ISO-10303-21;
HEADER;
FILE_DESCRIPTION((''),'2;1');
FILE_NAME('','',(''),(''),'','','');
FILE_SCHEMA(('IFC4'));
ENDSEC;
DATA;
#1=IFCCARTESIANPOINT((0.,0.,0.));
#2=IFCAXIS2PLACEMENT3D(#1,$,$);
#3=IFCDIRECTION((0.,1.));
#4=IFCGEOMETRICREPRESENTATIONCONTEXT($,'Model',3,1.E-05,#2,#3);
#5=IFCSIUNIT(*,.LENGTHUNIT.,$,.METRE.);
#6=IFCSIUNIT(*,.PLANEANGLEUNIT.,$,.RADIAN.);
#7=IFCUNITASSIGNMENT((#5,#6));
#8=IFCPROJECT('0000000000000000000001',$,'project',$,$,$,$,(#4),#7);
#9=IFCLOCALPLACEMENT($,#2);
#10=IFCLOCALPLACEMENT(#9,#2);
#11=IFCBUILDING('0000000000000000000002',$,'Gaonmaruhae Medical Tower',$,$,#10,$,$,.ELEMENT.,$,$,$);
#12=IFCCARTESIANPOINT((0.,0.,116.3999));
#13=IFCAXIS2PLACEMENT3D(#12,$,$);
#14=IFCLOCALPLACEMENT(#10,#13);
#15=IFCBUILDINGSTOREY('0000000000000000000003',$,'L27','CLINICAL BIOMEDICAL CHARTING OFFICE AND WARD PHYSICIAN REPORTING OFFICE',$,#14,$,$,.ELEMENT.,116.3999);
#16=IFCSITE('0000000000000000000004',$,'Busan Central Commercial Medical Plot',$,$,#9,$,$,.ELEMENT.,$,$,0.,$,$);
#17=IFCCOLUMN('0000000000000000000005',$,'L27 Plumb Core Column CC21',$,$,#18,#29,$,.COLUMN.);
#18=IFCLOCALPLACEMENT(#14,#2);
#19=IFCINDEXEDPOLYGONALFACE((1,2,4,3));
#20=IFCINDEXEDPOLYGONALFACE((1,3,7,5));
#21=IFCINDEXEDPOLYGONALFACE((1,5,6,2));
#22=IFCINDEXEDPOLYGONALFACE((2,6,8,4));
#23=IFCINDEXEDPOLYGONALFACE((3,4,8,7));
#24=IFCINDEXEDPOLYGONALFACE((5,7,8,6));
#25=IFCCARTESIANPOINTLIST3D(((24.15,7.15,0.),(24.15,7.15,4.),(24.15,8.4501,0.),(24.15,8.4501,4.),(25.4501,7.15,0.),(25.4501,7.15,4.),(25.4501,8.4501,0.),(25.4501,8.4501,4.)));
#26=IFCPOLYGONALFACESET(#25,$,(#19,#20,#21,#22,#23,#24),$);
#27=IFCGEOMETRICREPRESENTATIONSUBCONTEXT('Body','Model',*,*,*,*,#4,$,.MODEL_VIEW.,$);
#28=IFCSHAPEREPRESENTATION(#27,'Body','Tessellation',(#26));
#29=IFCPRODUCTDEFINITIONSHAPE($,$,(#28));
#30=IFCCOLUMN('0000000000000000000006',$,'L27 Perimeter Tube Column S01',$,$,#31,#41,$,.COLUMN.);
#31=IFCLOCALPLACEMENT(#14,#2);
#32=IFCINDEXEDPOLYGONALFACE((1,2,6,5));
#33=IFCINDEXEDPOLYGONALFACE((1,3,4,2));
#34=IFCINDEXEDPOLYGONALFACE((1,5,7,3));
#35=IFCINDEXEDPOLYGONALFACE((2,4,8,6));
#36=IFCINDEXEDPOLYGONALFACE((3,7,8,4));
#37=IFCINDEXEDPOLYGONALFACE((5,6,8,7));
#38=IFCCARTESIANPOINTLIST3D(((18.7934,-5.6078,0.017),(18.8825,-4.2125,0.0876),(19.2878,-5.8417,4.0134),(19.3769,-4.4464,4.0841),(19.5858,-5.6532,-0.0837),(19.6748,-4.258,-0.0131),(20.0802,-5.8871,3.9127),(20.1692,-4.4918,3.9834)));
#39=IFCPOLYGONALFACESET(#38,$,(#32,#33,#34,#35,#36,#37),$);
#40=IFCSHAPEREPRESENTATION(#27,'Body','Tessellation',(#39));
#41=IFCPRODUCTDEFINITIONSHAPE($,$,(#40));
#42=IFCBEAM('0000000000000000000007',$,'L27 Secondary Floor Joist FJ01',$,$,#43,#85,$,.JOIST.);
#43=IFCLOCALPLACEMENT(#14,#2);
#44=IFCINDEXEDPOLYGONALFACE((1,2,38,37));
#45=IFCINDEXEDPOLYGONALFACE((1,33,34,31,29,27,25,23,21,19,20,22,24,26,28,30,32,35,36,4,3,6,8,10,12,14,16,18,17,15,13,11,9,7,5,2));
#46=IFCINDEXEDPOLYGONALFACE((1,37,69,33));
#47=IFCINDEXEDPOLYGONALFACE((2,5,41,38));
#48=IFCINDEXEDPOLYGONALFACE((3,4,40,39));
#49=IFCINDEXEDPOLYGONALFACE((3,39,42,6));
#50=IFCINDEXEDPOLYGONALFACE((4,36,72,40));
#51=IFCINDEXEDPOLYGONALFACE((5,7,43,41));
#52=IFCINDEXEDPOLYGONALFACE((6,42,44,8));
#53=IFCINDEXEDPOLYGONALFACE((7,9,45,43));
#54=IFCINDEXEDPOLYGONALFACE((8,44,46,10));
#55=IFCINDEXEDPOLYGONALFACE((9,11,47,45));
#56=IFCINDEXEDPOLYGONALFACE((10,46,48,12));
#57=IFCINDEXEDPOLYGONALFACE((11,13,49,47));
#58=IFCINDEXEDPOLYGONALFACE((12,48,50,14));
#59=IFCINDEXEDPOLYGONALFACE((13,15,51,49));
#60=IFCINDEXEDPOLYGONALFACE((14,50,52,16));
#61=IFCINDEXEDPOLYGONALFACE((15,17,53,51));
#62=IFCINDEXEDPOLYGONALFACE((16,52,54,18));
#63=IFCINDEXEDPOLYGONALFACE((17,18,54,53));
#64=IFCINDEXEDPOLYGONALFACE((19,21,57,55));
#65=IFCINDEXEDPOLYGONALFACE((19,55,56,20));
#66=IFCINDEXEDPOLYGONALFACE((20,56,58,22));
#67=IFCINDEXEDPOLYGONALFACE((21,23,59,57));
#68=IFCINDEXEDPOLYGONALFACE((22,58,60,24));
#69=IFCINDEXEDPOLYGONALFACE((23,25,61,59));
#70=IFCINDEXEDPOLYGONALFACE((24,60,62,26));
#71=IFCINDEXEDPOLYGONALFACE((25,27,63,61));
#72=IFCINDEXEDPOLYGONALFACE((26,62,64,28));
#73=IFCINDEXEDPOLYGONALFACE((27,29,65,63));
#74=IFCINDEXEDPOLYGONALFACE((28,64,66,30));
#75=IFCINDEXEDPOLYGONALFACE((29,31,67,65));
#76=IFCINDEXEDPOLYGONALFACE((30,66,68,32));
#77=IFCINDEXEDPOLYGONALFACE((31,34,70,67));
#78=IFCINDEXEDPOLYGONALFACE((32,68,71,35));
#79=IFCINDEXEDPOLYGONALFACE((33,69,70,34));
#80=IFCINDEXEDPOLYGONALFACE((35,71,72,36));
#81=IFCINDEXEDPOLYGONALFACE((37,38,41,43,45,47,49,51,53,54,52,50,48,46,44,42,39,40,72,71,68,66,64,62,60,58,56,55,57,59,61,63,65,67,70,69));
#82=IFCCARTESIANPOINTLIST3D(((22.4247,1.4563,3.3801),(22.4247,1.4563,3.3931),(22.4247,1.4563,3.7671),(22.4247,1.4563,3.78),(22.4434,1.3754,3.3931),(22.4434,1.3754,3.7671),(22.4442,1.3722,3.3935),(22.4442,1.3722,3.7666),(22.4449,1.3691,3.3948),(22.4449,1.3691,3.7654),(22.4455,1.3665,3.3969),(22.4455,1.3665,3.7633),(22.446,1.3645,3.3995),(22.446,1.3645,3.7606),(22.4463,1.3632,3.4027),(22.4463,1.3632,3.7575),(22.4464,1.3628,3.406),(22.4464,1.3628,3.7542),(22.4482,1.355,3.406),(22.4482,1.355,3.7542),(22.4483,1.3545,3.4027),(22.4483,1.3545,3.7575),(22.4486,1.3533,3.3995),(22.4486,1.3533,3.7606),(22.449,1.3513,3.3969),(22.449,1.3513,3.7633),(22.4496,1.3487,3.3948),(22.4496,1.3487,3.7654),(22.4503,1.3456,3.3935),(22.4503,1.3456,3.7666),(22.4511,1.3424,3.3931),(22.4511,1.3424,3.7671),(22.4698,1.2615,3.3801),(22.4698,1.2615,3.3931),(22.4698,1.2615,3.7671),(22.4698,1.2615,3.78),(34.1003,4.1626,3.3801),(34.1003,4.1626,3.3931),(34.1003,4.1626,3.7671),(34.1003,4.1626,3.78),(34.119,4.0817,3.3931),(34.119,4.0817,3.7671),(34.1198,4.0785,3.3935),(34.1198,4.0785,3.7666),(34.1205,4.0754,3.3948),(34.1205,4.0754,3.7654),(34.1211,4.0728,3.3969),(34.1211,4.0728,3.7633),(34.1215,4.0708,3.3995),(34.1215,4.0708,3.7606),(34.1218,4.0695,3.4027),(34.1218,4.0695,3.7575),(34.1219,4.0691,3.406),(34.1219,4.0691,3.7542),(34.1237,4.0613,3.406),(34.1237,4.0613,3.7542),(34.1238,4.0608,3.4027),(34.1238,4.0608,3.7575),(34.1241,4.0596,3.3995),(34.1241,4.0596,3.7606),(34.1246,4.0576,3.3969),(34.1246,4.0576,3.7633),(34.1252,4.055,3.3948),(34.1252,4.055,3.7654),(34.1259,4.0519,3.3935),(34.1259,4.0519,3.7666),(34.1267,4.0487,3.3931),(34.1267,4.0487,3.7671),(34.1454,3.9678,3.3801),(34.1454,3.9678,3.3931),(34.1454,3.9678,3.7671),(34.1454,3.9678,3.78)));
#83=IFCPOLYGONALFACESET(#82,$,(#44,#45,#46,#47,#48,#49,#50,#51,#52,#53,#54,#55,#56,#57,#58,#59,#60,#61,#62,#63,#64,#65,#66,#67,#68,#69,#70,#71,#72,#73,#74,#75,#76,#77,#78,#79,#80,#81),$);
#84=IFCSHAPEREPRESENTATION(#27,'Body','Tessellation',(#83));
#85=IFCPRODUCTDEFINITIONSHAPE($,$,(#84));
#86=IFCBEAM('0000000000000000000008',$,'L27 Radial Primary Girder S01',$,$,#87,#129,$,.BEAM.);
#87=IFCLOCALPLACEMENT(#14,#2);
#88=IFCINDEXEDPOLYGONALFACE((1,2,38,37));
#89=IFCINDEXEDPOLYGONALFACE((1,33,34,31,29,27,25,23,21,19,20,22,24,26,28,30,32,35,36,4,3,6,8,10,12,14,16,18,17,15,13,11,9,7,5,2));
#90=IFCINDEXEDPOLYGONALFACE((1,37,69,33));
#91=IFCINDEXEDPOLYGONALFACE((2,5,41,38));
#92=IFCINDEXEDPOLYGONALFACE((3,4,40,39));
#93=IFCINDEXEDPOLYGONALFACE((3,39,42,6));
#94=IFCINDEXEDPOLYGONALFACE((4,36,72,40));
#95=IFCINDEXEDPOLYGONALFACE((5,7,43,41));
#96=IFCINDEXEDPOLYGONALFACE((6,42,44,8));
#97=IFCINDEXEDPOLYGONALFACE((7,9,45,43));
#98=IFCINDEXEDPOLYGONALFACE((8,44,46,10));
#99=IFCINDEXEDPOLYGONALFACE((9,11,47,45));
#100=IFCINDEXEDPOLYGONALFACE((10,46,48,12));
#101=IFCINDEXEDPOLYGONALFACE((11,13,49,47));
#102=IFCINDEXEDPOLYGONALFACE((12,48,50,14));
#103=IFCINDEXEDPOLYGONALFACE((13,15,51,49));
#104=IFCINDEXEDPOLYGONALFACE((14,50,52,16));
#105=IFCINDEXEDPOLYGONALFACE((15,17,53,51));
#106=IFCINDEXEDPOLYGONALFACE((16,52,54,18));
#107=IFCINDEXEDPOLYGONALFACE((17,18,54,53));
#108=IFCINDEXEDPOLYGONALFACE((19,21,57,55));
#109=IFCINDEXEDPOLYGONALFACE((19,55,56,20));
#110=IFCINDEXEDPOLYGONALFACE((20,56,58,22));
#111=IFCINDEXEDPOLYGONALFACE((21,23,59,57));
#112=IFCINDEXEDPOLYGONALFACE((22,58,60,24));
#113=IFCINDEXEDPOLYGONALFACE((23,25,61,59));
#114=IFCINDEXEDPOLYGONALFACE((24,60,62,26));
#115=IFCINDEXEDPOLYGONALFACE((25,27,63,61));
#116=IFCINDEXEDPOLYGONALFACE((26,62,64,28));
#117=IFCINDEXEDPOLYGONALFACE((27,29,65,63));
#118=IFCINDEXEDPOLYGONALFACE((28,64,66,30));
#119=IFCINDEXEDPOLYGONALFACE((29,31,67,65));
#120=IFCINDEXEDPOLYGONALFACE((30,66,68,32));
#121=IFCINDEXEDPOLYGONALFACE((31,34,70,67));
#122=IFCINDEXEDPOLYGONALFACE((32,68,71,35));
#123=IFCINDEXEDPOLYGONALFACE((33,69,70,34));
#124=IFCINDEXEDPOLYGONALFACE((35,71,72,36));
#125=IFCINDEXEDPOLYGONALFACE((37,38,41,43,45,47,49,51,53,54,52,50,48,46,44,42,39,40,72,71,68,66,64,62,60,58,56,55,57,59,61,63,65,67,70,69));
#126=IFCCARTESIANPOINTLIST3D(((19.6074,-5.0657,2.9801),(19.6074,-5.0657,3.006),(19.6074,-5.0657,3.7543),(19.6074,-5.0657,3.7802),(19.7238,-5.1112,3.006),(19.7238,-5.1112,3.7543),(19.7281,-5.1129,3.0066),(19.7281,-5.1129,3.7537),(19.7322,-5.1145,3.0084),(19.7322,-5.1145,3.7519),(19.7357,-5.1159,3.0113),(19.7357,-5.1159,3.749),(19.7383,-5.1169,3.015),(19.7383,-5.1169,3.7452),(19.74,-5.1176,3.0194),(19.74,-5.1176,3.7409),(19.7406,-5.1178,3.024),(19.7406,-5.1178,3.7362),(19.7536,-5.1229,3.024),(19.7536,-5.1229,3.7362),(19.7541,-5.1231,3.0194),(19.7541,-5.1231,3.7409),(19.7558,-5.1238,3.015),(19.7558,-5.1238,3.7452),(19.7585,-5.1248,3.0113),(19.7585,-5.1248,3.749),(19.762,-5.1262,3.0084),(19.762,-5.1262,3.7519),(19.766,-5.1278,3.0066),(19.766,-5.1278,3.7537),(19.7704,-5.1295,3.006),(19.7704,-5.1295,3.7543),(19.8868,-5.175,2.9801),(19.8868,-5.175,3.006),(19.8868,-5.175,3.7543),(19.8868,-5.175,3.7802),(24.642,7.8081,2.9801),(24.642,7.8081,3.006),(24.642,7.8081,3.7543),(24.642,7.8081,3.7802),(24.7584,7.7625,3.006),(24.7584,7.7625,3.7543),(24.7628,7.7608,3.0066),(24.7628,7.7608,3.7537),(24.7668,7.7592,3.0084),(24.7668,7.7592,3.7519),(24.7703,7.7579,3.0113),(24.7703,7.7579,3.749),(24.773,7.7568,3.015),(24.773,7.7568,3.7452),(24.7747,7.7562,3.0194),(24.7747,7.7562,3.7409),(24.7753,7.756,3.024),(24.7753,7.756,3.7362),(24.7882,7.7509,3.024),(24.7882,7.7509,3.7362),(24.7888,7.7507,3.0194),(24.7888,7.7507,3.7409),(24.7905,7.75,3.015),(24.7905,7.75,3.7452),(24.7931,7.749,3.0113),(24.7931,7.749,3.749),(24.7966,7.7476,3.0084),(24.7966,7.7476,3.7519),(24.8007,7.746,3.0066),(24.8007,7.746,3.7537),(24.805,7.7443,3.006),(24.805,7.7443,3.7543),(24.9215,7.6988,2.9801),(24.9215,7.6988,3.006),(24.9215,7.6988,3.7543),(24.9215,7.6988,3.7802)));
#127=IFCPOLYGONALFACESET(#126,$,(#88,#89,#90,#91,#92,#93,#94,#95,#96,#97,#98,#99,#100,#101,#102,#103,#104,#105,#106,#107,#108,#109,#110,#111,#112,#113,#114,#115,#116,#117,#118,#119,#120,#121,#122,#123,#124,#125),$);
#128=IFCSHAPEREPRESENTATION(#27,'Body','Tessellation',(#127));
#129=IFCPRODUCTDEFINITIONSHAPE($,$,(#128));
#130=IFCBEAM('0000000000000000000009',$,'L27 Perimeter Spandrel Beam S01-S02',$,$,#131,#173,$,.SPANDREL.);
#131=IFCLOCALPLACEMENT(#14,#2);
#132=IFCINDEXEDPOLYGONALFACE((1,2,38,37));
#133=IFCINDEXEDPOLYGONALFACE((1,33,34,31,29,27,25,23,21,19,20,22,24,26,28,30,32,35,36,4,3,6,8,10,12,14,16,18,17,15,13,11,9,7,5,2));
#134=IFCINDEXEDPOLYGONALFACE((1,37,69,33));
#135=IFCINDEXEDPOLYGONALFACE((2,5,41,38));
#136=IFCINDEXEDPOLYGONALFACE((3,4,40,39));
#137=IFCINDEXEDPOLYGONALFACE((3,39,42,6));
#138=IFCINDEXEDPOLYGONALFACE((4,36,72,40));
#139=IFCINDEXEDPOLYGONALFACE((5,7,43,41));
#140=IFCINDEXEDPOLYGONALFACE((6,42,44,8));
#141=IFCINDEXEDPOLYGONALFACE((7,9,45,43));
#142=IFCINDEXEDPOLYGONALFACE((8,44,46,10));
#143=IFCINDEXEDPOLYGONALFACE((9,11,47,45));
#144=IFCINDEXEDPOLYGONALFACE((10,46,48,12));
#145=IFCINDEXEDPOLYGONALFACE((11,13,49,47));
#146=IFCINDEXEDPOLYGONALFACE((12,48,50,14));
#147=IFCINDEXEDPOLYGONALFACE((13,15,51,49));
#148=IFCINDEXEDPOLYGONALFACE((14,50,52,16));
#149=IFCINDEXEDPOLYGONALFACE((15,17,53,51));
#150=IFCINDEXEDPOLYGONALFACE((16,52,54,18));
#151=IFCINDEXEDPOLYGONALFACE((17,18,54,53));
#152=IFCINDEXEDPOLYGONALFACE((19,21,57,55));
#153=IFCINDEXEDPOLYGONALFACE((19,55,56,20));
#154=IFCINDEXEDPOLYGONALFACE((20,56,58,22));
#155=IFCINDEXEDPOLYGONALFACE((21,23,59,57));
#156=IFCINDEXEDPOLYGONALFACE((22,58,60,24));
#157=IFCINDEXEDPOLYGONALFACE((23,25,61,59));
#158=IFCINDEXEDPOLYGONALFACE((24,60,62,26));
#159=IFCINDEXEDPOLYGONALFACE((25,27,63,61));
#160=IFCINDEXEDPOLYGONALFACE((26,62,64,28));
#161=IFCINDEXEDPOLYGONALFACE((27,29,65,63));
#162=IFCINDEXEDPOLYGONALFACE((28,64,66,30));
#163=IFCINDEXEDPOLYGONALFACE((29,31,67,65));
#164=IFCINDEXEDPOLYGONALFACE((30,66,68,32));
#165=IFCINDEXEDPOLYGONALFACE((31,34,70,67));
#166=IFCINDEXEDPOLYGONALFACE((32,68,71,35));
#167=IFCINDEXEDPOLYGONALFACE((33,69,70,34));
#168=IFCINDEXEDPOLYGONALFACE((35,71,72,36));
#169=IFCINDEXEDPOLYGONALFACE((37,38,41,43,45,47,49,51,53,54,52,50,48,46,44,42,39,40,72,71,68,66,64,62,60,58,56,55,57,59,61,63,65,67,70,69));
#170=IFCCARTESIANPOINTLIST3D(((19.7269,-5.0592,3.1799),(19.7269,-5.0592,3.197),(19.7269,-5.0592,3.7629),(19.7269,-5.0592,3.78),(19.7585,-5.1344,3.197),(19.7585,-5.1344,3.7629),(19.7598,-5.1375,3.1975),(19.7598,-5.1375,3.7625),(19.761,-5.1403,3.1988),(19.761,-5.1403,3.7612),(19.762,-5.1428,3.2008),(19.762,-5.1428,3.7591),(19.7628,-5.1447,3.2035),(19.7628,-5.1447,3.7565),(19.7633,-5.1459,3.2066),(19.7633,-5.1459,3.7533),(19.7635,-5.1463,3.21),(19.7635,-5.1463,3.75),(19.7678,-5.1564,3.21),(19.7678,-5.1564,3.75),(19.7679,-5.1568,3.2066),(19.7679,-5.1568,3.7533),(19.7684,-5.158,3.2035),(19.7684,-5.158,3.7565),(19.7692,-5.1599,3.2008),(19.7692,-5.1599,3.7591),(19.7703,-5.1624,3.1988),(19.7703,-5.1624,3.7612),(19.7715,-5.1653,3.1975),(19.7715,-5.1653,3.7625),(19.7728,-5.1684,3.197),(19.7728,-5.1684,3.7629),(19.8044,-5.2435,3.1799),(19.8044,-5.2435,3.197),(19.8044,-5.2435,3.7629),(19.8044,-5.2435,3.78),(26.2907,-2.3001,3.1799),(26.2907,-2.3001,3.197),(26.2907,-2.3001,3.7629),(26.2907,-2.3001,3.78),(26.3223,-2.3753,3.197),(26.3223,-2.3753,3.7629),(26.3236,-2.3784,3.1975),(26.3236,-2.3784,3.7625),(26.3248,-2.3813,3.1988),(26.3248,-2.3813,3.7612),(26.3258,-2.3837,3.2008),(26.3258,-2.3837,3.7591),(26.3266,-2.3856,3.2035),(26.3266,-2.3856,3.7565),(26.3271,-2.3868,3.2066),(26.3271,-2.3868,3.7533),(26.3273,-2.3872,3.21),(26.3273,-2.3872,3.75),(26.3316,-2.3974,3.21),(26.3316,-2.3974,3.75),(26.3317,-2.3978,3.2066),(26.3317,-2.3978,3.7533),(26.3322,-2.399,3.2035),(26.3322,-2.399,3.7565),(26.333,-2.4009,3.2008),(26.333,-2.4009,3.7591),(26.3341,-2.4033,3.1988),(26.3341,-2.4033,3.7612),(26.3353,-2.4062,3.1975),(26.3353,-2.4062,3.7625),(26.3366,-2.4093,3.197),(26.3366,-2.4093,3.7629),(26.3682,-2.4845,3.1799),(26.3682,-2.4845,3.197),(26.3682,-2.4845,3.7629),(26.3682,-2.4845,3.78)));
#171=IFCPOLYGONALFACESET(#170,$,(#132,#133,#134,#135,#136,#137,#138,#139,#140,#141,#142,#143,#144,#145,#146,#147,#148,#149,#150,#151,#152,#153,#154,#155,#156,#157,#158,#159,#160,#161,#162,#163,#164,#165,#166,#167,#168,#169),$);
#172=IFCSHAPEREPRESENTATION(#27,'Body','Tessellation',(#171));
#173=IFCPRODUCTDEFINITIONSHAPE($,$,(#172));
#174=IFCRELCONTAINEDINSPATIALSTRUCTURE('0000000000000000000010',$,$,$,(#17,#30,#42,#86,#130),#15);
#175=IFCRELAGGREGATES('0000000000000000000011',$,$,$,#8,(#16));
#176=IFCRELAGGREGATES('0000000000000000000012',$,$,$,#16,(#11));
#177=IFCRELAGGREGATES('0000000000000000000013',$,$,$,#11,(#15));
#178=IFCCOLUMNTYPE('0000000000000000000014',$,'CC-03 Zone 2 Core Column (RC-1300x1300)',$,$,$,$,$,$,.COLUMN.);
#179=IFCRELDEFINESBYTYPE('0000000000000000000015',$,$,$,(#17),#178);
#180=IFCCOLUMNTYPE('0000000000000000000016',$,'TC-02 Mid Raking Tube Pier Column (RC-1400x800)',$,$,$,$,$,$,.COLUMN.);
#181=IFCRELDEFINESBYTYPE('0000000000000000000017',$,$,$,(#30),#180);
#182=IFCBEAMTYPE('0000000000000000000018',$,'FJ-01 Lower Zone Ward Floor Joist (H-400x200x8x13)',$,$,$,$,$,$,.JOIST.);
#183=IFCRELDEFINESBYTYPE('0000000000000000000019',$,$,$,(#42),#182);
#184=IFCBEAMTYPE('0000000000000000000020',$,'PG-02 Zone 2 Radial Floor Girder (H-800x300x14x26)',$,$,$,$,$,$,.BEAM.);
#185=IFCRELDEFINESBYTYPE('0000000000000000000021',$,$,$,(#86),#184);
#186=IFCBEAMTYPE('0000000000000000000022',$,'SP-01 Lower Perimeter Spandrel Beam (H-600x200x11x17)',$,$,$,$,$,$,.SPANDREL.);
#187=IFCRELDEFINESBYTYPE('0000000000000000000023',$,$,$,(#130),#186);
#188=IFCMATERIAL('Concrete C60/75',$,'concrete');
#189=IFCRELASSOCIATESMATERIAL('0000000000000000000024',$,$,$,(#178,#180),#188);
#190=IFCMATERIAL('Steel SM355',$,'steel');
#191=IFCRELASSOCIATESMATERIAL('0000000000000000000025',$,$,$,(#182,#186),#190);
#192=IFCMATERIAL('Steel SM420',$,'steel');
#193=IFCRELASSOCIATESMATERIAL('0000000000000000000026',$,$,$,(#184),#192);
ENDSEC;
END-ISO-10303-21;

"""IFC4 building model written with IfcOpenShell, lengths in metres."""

from ifc_helpers import new_model, si_unit, direction, frame, origin, origin_2d, place, context, subcontext, project, spatial, rectangle, i_section, extrude, material, material_profile, profile_set, type_object, element, save


model = new_model("IFC4")

# Units and contexts
model_context = context("Model", 3, precision=1e-05, world=origin(), true_north=direction((0.0, 1.0)))
body_context = subcontext(model_context, "Body", "Model", "MODEL_VIEW")
ifc_project = project(units=[si_unit("LENGTHUNIT", "METRE"), si_unit("PLANEANGLEUNIT", "RADIAN")], contexts=[model_context])

# Site, building, storey
site_placement = place(None, origin())
site = spatial("IfcSite", under=ifc_project, at=site_placement, Name="Busan Central Commercial Medical Plot", CompositionType="ELEMENT", RefElevation=0.0)
building_placement = place(site_placement, origin())
building = spatial("IfcBuilding", under=site, at=building_placement, Name="Gaonmaruhae Medical Tower", CompositionType="ELEMENT")
storey_placement = place(building_placement, frame((0.0, 0.0, 116.3999)))
storey = spatial("IfcBuildingStorey", under=building, at=storey_placement, Name="L27", Description="CLINICAL BIOMEDICAL CHARTING OFFICE AND WARD PHYSICIAN REPORTING OFFICE", CompositionType="ELEMENT", Elevation=116.3999)

# Columns
ifc_material_1 = material(Name="Concrete C60/75", Category="concrete")
ifc_material_profile_1 = material_profile(ifc_material_1, rectangle(XDim=1.3, YDim=1.3, at=origin_2d()), Name="RC-1300x1300")
ifc_profile_set_1 = profile_set([ifc_material_profile_1], Name="Concrete C60/75")
column_type_1 = type_object("IfcColumnType", Name="CC-03 Zone 2 Core Column (RC-1300x1300)", PredefinedType="COLUMN", material=ifc_profile_set_1)
column_1_placement = place(storey_placement, frame((24.8, 7.8, 0.0), z_axis=(0.0, 0.0, 1.0), x_axis=(1.0, 0.0, 0.0)))
element("IfcColumn", 1, at=column_1_placement, inside=storey, type_object=column_type_1, Name="L27 Plumb Core Column CC21", PredefinedType="COLUMN", context=body_context, shape_type="SweptSolid", body=[
    extrude(rectangle(XDim=1.3, YDim=1.3, at=origin_2d()), origin(), (0.0, 0.0, 1.0), 4.0),
])
ifc_material_profile_2 = material_profile(ifc_material_1, rectangle(XDim=1.3999, YDim=0.8, at=origin_2d()), Name="RC-1400x800")
ifc_profile_set_2 = profile_set([ifc_material_profile_2], Name="Concrete C60/75")
column_type_2 = type_object("IfcColumnType", Name="TC-02 Mid Raking Tube Pier Column (RC-1400x800)", PredefinedType="COLUMN", material=ifc_profile_set_2)
column_2_placement = place(storey_placement, frame((19.2341, -4.9329, 0.002), z_axis=(0.122567, -0.057985, 0.990765), x_axis=(0.063601, 0.996699, 0.050464)))
element("IfcColumn", 2, at=column_2_placement, inside=storey, type_object=column_type_2, Name="L27 Perimeter Tube Column S01", PredefinedType="COLUMN", context=body_context, shape_type="SweptSolid", body=[
    extrude(rectangle(XDim=1.3999, YDim=0.8, at=origin_2d()), origin(), (0.0, 0.0, 1.0), 4.0337),
])

# Beams
ifc_material_2 = material(Name="Steel SM355", Category="steel")
ifc_material_profile_3 = material_profile(ifc_material_2, i_section(OverallWidth=0.2, OverallDepth=0.3999, WebThickness=0.0081, FlangeThickness=0.0129, FilletRadius=0.0129, at=origin_2d()), Name="H-400x200x8x13")
ifc_profile_set_3 = profile_set([ifc_material_profile_3], Name="Steel SM355")
beam_type_1 = type_object("IfcBeamType", Name="FJ-01 Lower Zone Ward Floor Joist (H-400x200x8x13)", PredefinedType="JOIST", material=ifc_profile_set_3)
beam_1_placement = place(storey_placement, frame((22.4473, 1.3589, 3.5801), z_axis=(0.974172, 0.225806, 0.0), x_axis=(-0.225806, 0.974172, 0.0)))
element("IfcBeam", 3, at=beam_1_placement, inside=storey, type_object=beam_type_1, Name="L27 Secondary Floor Joist FJ01", PredefinedType="JOIST", context=body_context, shape_type="SweptSolid", body=[
    extrude(i_section(OverallWidth=0.2, OverallDepth=0.3999, WebThickness=0.0081, FlangeThickness=0.0129, FilletRadius=0.0129, at=origin_2d()), origin(), (0.0, 0.0, 1.0), 11.9851),
])
ifc_material_3 = material(Name="Steel SM420", Category="steel")
ifc_material_profile_4 = material_profile(ifc_material_3, i_section(OverallWidth=0.3, OverallDepth=0.8, WebThickness=0.0139, FlangeThickness=0.0259, FilletRadius=0.0181, at=origin_2d()), Name="H-800x300x14x26")
ifc_profile_set_4 = profile_set([ifc_material_profile_4], Name="Steel SM420")
beam_type_2 = type_object("IfcBeamType", Name="PG-02 Zone 2 Radial Floor Girder (H-800x300x14x26)", PredefinedType="BEAM", material=ifc_profile_set_4)
beam_2_placement = place(storey_placement, frame((24.7817, 7.7534, 3.3801), z_axis=(-0.364218, -0.931314, 0.0), x_axis=(0.931314, -0.364218, 0.0)))
element("IfcBeam", 4, at=beam_2_placement, inside=storey, type_object=beam_type_2, Name="L27 Radial Primary Girder S01", PredefinedType="BEAM", context=body_context, shape_type="SweptSolid", body=[
    extrude(i_section(OverallWidth=0.3, OverallDepth=0.8, WebThickness=0.0139, FlangeThickness=0.0259, FilletRadius=0.0181, at=origin_2d()), origin(), (0.0, 0.0, 1.0), 13.8232),
])
ifc_material_profile_5 = material_profile(ifc_material_2, i_section(OverallWidth=0.2, OverallDepth=0.6001, WebThickness=0.011, FlangeThickness=0.0171, FilletRadius=0.0129, at=origin_2d()), Name="H-600x200x11x17")
ifc_profile_set_5 = profile_set([ifc_material_profile_5], Name="Steel SM355")
beam_type_3 = type_object("IfcBeamType", Name="SP-01 Lower Perimeter Spandrel Beam (H-600x200x11x17)", PredefinedType="SPANDREL", material=ifc_profile_set_5)
beam_3_placement = place(storey_placement, frame((19.7656, -5.1514, 3.48), z_axis=(0.921868, 0.387504, 0.0), x_axis=(-0.387504, 0.921868, 0.0)))
element("IfcBeam", 5, at=beam_3_placement, inside=storey, type_object=beam_type_3, Name="L27 Perimeter Spandrel Beam S01-S02", PredefinedType="SPANDREL", context=body_context, shape_type="SweptSolid", body=[
    extrude(i_section(OverallWidth=0.2, OverallDepth=0.6001, WebThickness=0.011, FlangeThickness=0.0171, FilletRadius=0.0129, at=origin_2d()), origin(), (0.0, 0.0, 1.0), 7.1201),
])

save(model, "model.ifc")
